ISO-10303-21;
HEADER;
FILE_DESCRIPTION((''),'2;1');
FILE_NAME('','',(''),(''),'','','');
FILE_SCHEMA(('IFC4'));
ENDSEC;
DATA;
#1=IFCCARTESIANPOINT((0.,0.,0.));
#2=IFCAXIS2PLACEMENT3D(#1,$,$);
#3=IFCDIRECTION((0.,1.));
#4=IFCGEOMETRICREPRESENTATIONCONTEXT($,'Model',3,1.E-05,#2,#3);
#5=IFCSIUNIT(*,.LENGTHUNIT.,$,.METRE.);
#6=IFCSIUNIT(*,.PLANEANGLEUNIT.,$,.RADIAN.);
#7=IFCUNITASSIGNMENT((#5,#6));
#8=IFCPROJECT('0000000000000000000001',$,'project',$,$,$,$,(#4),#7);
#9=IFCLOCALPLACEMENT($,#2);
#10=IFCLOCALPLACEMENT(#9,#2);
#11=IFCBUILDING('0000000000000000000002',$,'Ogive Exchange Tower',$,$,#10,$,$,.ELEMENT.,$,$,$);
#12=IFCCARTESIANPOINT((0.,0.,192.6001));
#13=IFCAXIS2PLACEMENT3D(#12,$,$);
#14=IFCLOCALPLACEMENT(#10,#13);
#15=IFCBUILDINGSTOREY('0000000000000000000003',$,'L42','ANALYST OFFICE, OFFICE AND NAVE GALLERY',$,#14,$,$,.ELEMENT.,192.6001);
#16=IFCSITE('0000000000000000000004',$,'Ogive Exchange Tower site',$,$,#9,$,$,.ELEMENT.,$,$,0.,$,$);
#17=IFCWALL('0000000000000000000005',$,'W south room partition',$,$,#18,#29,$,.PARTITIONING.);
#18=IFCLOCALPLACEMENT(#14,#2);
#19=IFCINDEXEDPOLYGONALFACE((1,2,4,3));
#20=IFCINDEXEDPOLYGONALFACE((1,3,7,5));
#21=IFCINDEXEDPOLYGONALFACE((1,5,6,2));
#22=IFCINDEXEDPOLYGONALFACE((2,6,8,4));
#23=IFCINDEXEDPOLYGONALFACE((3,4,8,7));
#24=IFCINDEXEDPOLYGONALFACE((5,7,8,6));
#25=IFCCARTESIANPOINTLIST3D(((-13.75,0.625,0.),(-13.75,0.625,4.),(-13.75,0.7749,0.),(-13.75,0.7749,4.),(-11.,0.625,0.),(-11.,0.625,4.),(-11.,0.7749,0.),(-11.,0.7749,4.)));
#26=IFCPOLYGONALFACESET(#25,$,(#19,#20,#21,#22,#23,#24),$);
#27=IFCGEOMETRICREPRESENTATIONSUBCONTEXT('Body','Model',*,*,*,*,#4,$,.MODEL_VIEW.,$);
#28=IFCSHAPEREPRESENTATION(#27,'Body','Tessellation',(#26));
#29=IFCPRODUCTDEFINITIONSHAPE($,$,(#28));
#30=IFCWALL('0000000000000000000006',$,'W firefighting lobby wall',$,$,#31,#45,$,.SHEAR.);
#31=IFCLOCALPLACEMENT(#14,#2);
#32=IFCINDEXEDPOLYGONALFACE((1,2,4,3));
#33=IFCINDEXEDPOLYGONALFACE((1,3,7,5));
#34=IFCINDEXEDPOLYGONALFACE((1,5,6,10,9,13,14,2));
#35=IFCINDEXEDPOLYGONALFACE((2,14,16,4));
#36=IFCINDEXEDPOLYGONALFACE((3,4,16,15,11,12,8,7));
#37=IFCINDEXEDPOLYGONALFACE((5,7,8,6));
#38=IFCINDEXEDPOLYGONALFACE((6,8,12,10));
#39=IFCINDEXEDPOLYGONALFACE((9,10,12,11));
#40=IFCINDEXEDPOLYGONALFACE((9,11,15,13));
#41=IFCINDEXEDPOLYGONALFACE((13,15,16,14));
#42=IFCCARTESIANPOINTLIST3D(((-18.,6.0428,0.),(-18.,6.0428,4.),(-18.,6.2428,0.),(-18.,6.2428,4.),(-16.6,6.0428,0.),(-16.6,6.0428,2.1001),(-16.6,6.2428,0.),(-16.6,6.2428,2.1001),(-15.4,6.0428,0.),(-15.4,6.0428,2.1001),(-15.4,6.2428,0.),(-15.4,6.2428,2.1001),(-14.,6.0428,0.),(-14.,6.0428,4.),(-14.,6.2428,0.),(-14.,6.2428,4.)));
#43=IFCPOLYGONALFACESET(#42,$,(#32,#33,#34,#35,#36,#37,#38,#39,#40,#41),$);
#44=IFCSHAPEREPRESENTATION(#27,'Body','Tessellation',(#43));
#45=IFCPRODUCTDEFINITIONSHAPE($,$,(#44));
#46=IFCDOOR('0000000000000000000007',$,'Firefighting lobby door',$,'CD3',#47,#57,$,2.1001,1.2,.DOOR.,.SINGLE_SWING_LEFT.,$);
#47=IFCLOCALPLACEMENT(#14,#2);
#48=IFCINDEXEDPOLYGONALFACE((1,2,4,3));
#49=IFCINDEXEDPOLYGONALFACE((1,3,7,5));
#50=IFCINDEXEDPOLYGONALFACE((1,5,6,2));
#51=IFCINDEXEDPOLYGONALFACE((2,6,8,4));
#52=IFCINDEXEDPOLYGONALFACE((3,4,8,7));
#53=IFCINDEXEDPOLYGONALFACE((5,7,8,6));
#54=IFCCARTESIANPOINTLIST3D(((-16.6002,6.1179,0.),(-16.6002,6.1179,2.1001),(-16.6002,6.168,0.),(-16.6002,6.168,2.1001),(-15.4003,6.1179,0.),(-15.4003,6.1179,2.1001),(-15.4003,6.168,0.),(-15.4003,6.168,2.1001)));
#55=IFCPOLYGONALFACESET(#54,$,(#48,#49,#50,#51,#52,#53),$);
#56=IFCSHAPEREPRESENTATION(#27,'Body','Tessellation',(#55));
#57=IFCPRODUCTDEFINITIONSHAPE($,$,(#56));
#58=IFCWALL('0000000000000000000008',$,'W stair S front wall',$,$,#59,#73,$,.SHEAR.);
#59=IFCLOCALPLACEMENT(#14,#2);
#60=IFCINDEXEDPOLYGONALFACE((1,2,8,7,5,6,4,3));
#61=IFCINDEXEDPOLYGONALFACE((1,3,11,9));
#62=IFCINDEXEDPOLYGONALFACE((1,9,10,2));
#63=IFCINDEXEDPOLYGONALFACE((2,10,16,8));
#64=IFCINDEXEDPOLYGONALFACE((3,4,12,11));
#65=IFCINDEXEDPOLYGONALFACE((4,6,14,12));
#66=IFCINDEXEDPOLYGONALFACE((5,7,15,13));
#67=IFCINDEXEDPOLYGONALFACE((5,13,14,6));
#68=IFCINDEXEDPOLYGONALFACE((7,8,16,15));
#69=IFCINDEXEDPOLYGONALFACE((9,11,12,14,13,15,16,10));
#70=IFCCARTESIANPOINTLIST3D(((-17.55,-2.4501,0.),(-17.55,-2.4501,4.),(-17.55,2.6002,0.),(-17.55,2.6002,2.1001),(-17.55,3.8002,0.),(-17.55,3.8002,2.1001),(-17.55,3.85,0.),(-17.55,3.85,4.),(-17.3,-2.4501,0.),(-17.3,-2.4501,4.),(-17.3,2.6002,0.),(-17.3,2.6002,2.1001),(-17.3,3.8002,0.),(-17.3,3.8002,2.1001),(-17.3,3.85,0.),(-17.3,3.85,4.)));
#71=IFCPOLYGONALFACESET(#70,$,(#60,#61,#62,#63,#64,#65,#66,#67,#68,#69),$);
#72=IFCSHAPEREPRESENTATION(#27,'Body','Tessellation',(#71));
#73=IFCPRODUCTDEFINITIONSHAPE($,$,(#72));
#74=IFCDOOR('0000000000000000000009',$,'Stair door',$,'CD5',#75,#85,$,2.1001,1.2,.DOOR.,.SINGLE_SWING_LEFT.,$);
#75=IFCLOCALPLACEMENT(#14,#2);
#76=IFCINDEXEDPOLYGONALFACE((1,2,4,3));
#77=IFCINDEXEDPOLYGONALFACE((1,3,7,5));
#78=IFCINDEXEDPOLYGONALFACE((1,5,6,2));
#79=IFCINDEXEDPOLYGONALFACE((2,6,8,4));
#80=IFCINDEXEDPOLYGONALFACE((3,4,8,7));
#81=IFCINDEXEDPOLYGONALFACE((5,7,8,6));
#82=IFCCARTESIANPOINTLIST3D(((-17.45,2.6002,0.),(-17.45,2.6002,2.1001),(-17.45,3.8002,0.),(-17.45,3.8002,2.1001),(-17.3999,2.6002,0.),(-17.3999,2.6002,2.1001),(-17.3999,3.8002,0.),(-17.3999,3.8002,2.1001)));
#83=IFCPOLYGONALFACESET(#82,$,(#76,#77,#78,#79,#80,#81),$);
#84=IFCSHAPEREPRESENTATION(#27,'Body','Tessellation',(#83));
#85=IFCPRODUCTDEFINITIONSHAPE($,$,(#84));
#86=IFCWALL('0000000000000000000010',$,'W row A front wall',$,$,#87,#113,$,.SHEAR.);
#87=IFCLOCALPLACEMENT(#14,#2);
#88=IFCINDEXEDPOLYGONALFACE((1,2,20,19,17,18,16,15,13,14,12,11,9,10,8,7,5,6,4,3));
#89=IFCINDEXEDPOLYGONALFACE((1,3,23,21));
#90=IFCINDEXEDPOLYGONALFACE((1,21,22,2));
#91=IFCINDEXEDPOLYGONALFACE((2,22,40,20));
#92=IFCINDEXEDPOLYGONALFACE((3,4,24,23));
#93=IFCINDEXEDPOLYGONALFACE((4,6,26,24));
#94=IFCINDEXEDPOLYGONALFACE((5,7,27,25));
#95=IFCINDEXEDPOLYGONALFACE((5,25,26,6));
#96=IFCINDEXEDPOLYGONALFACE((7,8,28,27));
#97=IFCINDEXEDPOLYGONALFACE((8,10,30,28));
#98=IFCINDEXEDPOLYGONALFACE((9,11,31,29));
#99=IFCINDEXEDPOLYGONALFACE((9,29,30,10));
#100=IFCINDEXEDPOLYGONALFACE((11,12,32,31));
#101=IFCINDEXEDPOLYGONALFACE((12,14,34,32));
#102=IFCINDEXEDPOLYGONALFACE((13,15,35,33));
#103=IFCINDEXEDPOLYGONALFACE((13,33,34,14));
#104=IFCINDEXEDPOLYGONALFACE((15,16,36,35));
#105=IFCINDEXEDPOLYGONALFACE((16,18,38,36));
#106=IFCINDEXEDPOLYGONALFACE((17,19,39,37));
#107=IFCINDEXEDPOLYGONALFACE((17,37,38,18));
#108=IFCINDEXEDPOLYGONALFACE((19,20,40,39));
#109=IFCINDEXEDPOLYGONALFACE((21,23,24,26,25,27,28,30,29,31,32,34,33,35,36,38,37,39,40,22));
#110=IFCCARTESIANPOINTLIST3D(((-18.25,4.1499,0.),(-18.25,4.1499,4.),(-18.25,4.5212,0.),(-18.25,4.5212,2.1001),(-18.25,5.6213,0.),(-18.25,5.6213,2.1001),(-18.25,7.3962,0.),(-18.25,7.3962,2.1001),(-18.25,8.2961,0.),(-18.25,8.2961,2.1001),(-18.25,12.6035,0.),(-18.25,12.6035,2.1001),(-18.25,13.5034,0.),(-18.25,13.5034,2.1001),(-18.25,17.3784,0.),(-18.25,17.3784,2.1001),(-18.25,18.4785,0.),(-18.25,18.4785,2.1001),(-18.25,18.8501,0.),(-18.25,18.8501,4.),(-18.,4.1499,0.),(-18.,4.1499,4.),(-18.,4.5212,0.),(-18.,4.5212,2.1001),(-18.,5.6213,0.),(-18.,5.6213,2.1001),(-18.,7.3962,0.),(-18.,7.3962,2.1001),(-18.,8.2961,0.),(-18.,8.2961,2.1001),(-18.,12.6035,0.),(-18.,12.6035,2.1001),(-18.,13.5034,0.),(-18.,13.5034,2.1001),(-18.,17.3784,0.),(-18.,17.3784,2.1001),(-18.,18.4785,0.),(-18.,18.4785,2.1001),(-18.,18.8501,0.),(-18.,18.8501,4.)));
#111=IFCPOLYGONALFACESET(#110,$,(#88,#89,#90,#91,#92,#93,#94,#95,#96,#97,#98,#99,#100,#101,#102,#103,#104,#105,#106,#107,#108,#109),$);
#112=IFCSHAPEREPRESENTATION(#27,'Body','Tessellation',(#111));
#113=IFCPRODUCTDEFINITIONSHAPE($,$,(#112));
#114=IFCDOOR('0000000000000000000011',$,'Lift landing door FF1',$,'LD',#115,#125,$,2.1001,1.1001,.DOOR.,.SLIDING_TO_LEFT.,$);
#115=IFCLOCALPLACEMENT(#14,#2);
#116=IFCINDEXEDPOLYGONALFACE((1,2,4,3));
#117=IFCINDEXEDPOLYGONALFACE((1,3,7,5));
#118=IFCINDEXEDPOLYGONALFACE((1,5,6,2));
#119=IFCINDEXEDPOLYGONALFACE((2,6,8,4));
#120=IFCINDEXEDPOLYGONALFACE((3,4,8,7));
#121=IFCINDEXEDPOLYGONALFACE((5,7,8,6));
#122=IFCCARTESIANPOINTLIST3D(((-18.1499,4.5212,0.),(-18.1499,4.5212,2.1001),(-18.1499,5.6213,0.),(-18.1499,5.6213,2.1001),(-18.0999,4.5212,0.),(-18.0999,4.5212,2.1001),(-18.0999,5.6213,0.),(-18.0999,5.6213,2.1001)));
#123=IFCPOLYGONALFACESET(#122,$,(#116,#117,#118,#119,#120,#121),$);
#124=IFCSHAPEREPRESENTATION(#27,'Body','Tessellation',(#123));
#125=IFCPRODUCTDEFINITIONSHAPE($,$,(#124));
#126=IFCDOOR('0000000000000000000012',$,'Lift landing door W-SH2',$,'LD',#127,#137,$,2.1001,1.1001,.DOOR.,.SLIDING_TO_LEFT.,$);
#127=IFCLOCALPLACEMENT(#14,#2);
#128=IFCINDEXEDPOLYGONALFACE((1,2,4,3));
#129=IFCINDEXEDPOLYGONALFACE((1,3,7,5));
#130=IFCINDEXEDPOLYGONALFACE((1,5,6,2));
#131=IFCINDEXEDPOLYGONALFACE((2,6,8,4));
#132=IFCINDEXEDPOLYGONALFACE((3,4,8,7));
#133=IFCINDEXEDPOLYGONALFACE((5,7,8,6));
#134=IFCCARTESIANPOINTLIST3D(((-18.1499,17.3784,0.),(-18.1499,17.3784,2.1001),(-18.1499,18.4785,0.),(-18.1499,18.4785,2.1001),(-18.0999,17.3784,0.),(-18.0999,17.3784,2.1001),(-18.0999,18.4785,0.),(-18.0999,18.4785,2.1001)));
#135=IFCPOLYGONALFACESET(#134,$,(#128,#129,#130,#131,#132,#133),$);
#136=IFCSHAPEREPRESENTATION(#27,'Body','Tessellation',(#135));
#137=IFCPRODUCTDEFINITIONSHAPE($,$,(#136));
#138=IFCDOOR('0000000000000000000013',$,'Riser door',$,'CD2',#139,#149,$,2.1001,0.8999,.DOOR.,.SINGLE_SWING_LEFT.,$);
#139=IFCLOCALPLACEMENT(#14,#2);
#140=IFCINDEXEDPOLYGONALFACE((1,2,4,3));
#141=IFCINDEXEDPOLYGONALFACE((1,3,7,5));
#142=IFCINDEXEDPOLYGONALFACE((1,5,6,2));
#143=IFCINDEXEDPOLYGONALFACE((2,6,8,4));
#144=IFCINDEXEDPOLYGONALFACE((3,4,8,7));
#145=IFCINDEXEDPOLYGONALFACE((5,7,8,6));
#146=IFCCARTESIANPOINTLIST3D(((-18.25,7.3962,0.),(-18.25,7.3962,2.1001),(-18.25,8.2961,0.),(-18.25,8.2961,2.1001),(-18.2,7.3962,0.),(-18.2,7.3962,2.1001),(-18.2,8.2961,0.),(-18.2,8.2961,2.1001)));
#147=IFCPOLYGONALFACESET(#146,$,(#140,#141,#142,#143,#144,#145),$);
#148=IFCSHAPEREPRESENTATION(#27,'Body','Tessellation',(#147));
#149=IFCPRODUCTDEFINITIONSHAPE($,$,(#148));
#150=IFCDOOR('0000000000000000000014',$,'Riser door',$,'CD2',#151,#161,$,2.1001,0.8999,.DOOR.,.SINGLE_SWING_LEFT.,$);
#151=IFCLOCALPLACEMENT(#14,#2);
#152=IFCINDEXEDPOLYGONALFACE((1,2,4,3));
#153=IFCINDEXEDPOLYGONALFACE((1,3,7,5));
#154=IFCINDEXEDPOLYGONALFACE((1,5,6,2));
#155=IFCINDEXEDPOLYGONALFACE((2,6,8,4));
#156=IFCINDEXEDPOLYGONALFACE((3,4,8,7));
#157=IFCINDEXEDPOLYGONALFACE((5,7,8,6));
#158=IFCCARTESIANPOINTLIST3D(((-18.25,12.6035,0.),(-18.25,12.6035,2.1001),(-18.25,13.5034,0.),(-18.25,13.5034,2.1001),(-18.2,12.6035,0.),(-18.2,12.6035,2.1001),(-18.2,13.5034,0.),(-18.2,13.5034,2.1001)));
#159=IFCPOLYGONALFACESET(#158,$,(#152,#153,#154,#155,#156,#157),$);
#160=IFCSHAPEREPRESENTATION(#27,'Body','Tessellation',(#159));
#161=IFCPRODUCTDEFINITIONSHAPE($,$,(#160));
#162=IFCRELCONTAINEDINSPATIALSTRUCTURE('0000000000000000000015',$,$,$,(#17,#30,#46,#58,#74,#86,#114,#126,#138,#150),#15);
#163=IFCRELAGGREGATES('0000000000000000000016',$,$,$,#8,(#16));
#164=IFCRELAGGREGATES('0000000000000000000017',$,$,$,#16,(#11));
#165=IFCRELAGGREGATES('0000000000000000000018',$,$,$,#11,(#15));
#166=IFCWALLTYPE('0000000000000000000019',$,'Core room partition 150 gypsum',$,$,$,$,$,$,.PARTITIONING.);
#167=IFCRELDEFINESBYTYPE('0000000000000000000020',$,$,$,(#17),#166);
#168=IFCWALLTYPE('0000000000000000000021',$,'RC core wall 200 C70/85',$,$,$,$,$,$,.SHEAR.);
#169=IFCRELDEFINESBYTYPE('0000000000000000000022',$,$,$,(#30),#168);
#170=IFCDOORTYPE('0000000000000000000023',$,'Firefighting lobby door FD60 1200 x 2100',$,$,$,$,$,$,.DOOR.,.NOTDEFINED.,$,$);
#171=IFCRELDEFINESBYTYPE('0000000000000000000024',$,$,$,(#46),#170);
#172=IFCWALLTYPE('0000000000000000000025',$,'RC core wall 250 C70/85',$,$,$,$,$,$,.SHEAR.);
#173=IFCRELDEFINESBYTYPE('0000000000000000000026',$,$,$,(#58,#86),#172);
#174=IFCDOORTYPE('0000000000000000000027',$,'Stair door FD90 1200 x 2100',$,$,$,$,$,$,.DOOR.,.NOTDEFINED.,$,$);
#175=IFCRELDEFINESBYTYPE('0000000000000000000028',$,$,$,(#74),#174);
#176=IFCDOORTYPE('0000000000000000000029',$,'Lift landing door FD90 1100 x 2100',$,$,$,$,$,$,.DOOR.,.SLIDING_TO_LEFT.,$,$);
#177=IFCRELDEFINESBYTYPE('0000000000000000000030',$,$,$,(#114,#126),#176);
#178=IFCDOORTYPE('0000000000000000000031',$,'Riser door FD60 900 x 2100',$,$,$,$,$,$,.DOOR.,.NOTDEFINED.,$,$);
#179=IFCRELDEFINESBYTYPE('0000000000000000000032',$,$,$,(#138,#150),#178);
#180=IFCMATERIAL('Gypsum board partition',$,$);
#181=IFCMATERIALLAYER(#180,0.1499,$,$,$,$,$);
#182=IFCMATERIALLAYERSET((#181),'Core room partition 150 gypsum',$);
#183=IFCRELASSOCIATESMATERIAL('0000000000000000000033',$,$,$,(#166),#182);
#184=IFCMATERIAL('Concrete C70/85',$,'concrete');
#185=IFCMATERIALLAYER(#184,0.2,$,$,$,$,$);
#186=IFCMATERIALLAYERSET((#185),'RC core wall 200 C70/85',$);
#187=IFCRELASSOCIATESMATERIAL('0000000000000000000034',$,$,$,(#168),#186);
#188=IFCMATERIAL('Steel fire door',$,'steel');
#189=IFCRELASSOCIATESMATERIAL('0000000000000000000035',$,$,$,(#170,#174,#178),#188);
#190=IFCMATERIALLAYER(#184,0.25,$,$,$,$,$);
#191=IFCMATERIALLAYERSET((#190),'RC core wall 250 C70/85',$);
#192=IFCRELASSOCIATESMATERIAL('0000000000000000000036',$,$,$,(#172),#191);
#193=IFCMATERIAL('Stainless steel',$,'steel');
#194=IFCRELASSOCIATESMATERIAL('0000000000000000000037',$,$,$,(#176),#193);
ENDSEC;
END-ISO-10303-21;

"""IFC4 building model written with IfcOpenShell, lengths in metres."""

from ifc_helpers import new_model, si_unit, direction, frame, frame_2d, origin, place, context, subcontext, project, spatial, rectangle, extrude, material, layer, layer_set, type_object, element, fill, save


model = new_model("IFC4")

# Units and contexts
model_context = context("Model", 3, precision=1e-05, world=origin(), true_north=direction((0.0, 1.0)))
body_context = subcontext(model_context, "Body", "Model", "MODEL_VIEW")
ifc_project = project(units=[si_unit("LENGTHUNIT", "METRE"), si_unit("PLANEANGLEUNIT", "RADIAN")], contexts=[model_context])

# Site, building, storey
site_placement = place(None, origin())
site = spatial("IfcSite", under=ifc_project, at=site_placement, Name="Ogive Exchange Tower site", CompositionType="ELEMENT", RefElevation=0.0)
building_placement = place(site_placement, origin())
building = spatial("IfcBuilding", under=site, at=building_placement, Name="Ogive Exchange Tower", CompositionType="ELEMENT")
storey_placement = place(building_placement, frame((0.0, 0.0, 192.6001)))
storey = spatial("IfcBuildingStorey", under=building, at=storey_placement, Name="L42", Description="ANALYST OFFICE, OFFICE AND NAVE GALLERY", CompositionType="ELEMENT", Elevation=192.6001)

# Wall
ifc_material_1 = material(Name="Gypsum board partition")
ifc_layer_1 = layer(ifc_material_1, 0.1499)
ifc_layer_set_1 = layer_set([ifc_layer_1], Name="Core room partition 150 gypsum")
wall_type_1 = type_object("IfcWallType", Name="Core room partition 150 gypsum", PredefinedType="PARTITIONING", material=ifc_layer_set_1)
wall_1_placement = place(storey_placement, frame((-13.75, 0.7, 0.0), z_axis=(0.0, 0.0, 1.0), x_axis=(1.0, 0.0, 0.0)))
element("IfcWall", 1, at=wall_1_placement, inside=storey, type_object=wall_type_1, Name="W south room partition", PredefinedType="PARTITIONING", context=body_context, shape_type="SweptSolid", body=[
    extrude(rectangle(XDim=2.75, YDim=0.1499, at=frame_2d((1.375, 0.0))), origin(), (0.0, 0.0, 1.0), 4.0),
])

# Walls, openings, doors
ifc_material_2 = material(Name="Concrete C70/85", Category="concrete")
ifc_layer_2 = layer(ifc_material_2, 0.2)
ifc_layer_set_2 = layer_set([ifc_layer_2], Name="RC core wall 200 C70/85")
wall_type_2 = type_object("IfcWallType", Name="RC core wall 200 C70/85", PredefinedType="SHEAR", material=ifc_layer_set_2)
wall_2_placement = place(storey_placement, frame((-18.0, 6.1428, 0.0), z_axis=(0.0, 0.0, 1.0), x_axis=(1.0, 0.0, 0.0)))
wall_2 = element("IfcWall", 2, at=wall_2_placement, inside=storey, type_object=wall_type_2, Name="W firefighting lobby wall", PredefinedType="SHEAR", context=body_context, shape_type="SweptSolid", body=[
    extrude(rectangle(XDim=4.0, YDim=0.2, at=frame_2d((2.0, 0.0))), origin(), (0.0, 0.0, 1.0), 4.0),
])
opening_1_placement = place(wall_2_placement, frame((1.3999, 0.0, 0.0)))
opening_1 = element("IfcOpeningElement", 3, at=opening_1_placement, cuts=wall_2, PredefinedType="OPENING", context=body_context, shape_type="SweptSolid", body=[
    extrude(rectangle(XDim=1.2, YDim=2.1001, at=frame_2d((0.6001, 1.05))), frame((0.0, 0.1099, 0.0), z_axis=(0.0, -1.0, 0.0), x_axis=(1.0, 0.0, 0.0)), (0.0, 0.0, 1.0), 0.22),
])
ifc_material_3 = material(Name="Steel fire door", Category="steel")
door_type_1 = type_object("IfcDoorType", Name="Firefighting lobby door FD60 1200 x 2100", OperationType="NOTDEFINED", PredefinedType="DOOR", material=ifc_material_3)
door_1_placement = place(opening_1_placement, frame((1.2, 0.0, 0.0), z_axis=(0.0, 0.0, 1.0), x_axis=(-1.0, 0.0, 0.0)))
door_1 = element("IfcDoor", 4, at=door_1_placement, inside=storey, type_object=door_type_1, Name="Firefighting lobby door", ObjectType="CD3", OperationType="SINGLE_SWING_LEFT", OverallHeight=2.1001, OverallWidth=1.2, PredefinedType="DOOR", context=body_context, shape_type="SweptSolid", body=[
    extrude(rectangle(XDim=1.2, YDim=2.1001, at=frame_2d((0.6001, 1.05))), frame((0.0, 0.0249, 0.0), z_axis=(0.0, -1.0, 0.0), x_axis=(1.0, 0.0, 0.0)), (0.0, 0.0, 1.0), 0.05),
])
fill(opening_1, door_1)
ifc_layer_3 = layer(ifc_material_2, 0.25)
ifc_layer_set_3 = layer_set([ifc_layer_3], Name="RC core wall 250 C70/85")
wall_type_3 = type_object("IfcWallType", Name="RC core wall 250 C70/85", PredefinedType="SHEAR", material=ifc_layer_set_3)
wall_3_placement = place(storey_placement, frame((-17.425, -2.45, 0.0), z_axis=(0.0, 0.0, 1.0), x_axis=(0.0, 1.0, 0.0)))
wall_3 = element("IfcWall", 5, at=wall_3_placement, inside=storey, type_object=wall_type_3, Name="W stair S front wall", PredefinedType="SHEAR", context=body_context, shape_type="SweptSolid", body=[
    extrude(rectangle(XDim=6.3, YDim=0.25, at=frame_2d((3.1499, 0.0))), origin(), (0.0, 0.0, 1.0), 4.0),
])
opening_2_placement = place(wall_3_placement, frame((5.05, 0.0, 0.0)))
opening_2 = element("IfcOpeningElement", 6, at=opening_2_placement, cuts=wall_3, PredefinedType="OPENING", context=body_context, shape_type="SweptSolid", body=[
    extrude(rectangle(XDim=1.2, YDim=2.1001, at=frame_2d((0.6001, 1.05))), frame((0.0, 0.135, 0.0), z_axis=(0.0, -1.0, 0.0), x_axis=(1.0, 0.0, 0.0)), (0.0, 0.0, 1.0), 0.27),
])
door_type_2 = type_object("IfcDoorType", Name="Stair door FD90 1200 x 2100", OperationType="NOTDEFINED", PredefinedType="DOOR", material=ifc_material_3)
door_2_placement = place(opening_2_placement, origin())
door_2 = element("IfcDoor", 7, at=door_2_placement, inside=storey, type_object=door_type_2, Name="Stair door", ObjectType="CD5", OperationType="SINGLE_SWING_LEFT", OverallHeight=2.1001, OverallWidth=1.2, PredefinedType="DOOR", context=body_context, shape_type="SweptSolid", body=[
    extrude(rectangle(XDim=1.2, YDim=2.1001, at=frame_2d((0.6001, 1.05))), frame((0.0, 0.0249, 0.0), z_axis=(0.0, -1.0, 0.0), x_axis=(1.0, 0.0, 0.0)), (0.0, 0.0, 1.0), 0.05),
])
fill(opening_2, door_2)

# Wall, openings, doors
wall_4_placement = place(storey_placement, frame((-18.125, 4.1499, 0.0), z_axis=(0.0, 0.0, 1.0), x_axis=(0.0, 1.0, 0.0)))
wall_4 = element("IfcWall", 8, at=wall_4_placement, inside=storey, type_object=wall_type_3, Name="W row A front wall", PredefinedType="SHEAR", context=body_context, shape_type="SweptSolid", body=[
    extrude(rectangle(XDim=14.7002, YDim=0.25, at=frame_2d((7.3501, 0.0))), origin(), (0.0, 0.0, 1.0), 4.0),
])
opening_3_placement = place(wall_4_placement, frame((3.2463, 0.0, 0.0)))
opening_3 = element("IfcOpeningElement", 9, at=opening_3_placement, cuts=wall_4, PredefinedType="OPENING", context=body_context, shape_type="SweptSolid", body=[
    extrude(rectangle(XDim=0.8999, YDim=2.1001, at=frame_2d((0.45, 1.05))), frame((0.0, 0.135, 0.0), z_axis=(0.0, -1.0, 0.0), x_axis=(1.0, 0.0, 0.0)), (0.0, 0.0, 1.0), 0.27),
])
opening_4_placement = place(wall_4_placement, frame((8.4536, 0.0, 0.0)))
opening_4 = element("IfcOpeningElement", 10, at=opening_4_placement, cuts=wall_4, PredefinedType="OPENING", context=body_context, shape_type="SweptSolid", body=[
    extrude(rectangle(XDim=0.8999, YDim=2.1001, at=frame_2d((0.45, 1.05))), frame((0.0, 0.135, 0.0), z_axis=(0.0, -1.0, 0.0), x_axis=(1.0, 0.0, 0.0)), (0.0, 0.0, 1.0), 0.27),
])
opening_5_placement = place(wall_4_placement, frame((0.3713, 0.0, 0.0)))
opening_5 = element("IfcOpeningElement", 11, at=opening_5_placement, cuts=wall_4, PredefinedType="OPENING", context=body_context, shape_type="SweptSolid", body=[
    extrude(rectangle(XDim=1.1001, YDim=2.1001, at=frame_2d((0.55, 1.05))), frame((0.0, 0.135, 0.0), z_axis=(0.0, -1.0, 0.0), x_axis=(1.0, 0.0, 0.0)), (0.0, 0.0, 1.0), 0.27),
])
opening_6_placement = place(wall_4_placement, frame((13.2285, 0.0, 0.0)))
opening_6 = element("IfcOpeningElement", 12, at=opening_6_placement, cuts=wall_4, PredefinedType="OPENING", context=body_context, shape_type="SweptSolid", body=[
    extrude(rectangle(XDim=1.1001, YDim=2.1001, at=frame_2d((0.55, 1.05))), frame((0.0, 0.135, 0.0), z_axis=(0.0, -1.0, 0.0), x_axis=(1.0, 0.0, 0.0)), (0.0, 0.0, 1.0), 0.27),
])
ifc_material_4 = material(Name="Stainless steel", Category="steel")
door_type_3 = type_object("IfcDoorType", Name="Lift landing door FD90 1100 x 2100", OperationType="SLIDING_TO_LEFT", PredefinedType="DOOR", material=ifc_material_4)
door_3_placement = place(opening_5_placement, origin())
door_3 = element("IfcDoor", 13, at=door_3_placement, inside=storey, type_object=door_type_3, Name="Lift landing door FF1", ObjectType="LD", OperationType="SLIDING_TO_LEFT", OverallHeight=2.1001, OverallWidth=1.1001, PredefinedType="DOOR", context=body_context, shape_type="SweptSolid", body=[
    extrude(rectangle(XDim=1.1001, YDim=2.1001, at=frame_2d((0.55, 1.05))), frame((0.0, 0.0249, 0.0), z_axis=(0.0, -1.0, 0.0), x_axis=(1.0, 0.0, 0.0)), (0.0, 0.0, 1.0), 0.05),
])
fill(opening_5, door_3)
door_4_placement = place(opening_6_placement, origin())
door_4 = element("IfcDoor", 14, at=door_4_placement, inside=storey, type_object=door_type_3, Name="Lift landing door W-SH2", ObjectType="LD", OperationType="SLIDING_TO_LEFT", OverallHeight=2.1001, OverallWidth=1.1001, PredefinedType="DOOR", context=body_context, shape_type="SweptSolid", body=[
    extrude(rectangle(XDim=1.1001, YDim=2.1001, at=frame_2d((0.55, 1.05))), frame((0.0, 0.0249, 0.0), z_axis=(0.0, -1.0, 0.0), x_axis=(1.0, 0.0, 0.0)), (0.0, 0.0, 1.0), 0.05),
])
fill(opening_6, door_4)
door_type_4 = type_object("IfcDoorType", Name="Riser door FD60 900 x 2100", OperationType="NOTDEFINED", PredefinedType="DOOR", material=ifc_material_3)
door_5_placement = place(opening_3_placement, origin())
door_5 = element("IfcDoor", 15, at=door_5_placement, inside=storey, type_object=door_type_4, Name="Riser door", ObjectType="CD2", OperationType="SINGLE_SWING_LEFT", OverallHeight=2.1001, OverallWidth=0.8999, PredefinedType="DOOR", context=body_context, shape_type="SweptSolid", body=[
    extrude(rectangle(XDim=0.8999, YDim=2.1001, at=frame_2d((0.45, 1.05))), frame((0.0, 0.125, 0.0), z_axis=(0.0, -1.0, 0.0), x_axis=(1.0, 0.0, 0.0)), (0.0, 0.0, 1.0), 0.05),
])
fill(opening_3, door_5)
door_6_placement = place(opening_4_placement, origin())
door_6 = element("IfcDoor", 16, at=door_6_placement, inside=storey, type_object=door_type_4, Name="Riser door", ObjectType="CD2", OperationType="SINGLE_SWING_LEFT", OverallHeight=2.1001, OverallWidth=0.8999, PredefinedType="DOOR", context=body_context, shape_type="SweptSolid", body=[
    extrude(rectangle(XDim=0.8999, YDim=2.1001, at=frame_2d((0.45, 1.05))), frame((0.0, 0.125, 0.0), z_axis=(0.0, -1.0, 0.0), x_axis=(1.0, 0.0, 0.0)), (0.0, 0.0, 1.0), 0.05),
])
fill(opening_4, door_6)

save(model, "model.ifc")
